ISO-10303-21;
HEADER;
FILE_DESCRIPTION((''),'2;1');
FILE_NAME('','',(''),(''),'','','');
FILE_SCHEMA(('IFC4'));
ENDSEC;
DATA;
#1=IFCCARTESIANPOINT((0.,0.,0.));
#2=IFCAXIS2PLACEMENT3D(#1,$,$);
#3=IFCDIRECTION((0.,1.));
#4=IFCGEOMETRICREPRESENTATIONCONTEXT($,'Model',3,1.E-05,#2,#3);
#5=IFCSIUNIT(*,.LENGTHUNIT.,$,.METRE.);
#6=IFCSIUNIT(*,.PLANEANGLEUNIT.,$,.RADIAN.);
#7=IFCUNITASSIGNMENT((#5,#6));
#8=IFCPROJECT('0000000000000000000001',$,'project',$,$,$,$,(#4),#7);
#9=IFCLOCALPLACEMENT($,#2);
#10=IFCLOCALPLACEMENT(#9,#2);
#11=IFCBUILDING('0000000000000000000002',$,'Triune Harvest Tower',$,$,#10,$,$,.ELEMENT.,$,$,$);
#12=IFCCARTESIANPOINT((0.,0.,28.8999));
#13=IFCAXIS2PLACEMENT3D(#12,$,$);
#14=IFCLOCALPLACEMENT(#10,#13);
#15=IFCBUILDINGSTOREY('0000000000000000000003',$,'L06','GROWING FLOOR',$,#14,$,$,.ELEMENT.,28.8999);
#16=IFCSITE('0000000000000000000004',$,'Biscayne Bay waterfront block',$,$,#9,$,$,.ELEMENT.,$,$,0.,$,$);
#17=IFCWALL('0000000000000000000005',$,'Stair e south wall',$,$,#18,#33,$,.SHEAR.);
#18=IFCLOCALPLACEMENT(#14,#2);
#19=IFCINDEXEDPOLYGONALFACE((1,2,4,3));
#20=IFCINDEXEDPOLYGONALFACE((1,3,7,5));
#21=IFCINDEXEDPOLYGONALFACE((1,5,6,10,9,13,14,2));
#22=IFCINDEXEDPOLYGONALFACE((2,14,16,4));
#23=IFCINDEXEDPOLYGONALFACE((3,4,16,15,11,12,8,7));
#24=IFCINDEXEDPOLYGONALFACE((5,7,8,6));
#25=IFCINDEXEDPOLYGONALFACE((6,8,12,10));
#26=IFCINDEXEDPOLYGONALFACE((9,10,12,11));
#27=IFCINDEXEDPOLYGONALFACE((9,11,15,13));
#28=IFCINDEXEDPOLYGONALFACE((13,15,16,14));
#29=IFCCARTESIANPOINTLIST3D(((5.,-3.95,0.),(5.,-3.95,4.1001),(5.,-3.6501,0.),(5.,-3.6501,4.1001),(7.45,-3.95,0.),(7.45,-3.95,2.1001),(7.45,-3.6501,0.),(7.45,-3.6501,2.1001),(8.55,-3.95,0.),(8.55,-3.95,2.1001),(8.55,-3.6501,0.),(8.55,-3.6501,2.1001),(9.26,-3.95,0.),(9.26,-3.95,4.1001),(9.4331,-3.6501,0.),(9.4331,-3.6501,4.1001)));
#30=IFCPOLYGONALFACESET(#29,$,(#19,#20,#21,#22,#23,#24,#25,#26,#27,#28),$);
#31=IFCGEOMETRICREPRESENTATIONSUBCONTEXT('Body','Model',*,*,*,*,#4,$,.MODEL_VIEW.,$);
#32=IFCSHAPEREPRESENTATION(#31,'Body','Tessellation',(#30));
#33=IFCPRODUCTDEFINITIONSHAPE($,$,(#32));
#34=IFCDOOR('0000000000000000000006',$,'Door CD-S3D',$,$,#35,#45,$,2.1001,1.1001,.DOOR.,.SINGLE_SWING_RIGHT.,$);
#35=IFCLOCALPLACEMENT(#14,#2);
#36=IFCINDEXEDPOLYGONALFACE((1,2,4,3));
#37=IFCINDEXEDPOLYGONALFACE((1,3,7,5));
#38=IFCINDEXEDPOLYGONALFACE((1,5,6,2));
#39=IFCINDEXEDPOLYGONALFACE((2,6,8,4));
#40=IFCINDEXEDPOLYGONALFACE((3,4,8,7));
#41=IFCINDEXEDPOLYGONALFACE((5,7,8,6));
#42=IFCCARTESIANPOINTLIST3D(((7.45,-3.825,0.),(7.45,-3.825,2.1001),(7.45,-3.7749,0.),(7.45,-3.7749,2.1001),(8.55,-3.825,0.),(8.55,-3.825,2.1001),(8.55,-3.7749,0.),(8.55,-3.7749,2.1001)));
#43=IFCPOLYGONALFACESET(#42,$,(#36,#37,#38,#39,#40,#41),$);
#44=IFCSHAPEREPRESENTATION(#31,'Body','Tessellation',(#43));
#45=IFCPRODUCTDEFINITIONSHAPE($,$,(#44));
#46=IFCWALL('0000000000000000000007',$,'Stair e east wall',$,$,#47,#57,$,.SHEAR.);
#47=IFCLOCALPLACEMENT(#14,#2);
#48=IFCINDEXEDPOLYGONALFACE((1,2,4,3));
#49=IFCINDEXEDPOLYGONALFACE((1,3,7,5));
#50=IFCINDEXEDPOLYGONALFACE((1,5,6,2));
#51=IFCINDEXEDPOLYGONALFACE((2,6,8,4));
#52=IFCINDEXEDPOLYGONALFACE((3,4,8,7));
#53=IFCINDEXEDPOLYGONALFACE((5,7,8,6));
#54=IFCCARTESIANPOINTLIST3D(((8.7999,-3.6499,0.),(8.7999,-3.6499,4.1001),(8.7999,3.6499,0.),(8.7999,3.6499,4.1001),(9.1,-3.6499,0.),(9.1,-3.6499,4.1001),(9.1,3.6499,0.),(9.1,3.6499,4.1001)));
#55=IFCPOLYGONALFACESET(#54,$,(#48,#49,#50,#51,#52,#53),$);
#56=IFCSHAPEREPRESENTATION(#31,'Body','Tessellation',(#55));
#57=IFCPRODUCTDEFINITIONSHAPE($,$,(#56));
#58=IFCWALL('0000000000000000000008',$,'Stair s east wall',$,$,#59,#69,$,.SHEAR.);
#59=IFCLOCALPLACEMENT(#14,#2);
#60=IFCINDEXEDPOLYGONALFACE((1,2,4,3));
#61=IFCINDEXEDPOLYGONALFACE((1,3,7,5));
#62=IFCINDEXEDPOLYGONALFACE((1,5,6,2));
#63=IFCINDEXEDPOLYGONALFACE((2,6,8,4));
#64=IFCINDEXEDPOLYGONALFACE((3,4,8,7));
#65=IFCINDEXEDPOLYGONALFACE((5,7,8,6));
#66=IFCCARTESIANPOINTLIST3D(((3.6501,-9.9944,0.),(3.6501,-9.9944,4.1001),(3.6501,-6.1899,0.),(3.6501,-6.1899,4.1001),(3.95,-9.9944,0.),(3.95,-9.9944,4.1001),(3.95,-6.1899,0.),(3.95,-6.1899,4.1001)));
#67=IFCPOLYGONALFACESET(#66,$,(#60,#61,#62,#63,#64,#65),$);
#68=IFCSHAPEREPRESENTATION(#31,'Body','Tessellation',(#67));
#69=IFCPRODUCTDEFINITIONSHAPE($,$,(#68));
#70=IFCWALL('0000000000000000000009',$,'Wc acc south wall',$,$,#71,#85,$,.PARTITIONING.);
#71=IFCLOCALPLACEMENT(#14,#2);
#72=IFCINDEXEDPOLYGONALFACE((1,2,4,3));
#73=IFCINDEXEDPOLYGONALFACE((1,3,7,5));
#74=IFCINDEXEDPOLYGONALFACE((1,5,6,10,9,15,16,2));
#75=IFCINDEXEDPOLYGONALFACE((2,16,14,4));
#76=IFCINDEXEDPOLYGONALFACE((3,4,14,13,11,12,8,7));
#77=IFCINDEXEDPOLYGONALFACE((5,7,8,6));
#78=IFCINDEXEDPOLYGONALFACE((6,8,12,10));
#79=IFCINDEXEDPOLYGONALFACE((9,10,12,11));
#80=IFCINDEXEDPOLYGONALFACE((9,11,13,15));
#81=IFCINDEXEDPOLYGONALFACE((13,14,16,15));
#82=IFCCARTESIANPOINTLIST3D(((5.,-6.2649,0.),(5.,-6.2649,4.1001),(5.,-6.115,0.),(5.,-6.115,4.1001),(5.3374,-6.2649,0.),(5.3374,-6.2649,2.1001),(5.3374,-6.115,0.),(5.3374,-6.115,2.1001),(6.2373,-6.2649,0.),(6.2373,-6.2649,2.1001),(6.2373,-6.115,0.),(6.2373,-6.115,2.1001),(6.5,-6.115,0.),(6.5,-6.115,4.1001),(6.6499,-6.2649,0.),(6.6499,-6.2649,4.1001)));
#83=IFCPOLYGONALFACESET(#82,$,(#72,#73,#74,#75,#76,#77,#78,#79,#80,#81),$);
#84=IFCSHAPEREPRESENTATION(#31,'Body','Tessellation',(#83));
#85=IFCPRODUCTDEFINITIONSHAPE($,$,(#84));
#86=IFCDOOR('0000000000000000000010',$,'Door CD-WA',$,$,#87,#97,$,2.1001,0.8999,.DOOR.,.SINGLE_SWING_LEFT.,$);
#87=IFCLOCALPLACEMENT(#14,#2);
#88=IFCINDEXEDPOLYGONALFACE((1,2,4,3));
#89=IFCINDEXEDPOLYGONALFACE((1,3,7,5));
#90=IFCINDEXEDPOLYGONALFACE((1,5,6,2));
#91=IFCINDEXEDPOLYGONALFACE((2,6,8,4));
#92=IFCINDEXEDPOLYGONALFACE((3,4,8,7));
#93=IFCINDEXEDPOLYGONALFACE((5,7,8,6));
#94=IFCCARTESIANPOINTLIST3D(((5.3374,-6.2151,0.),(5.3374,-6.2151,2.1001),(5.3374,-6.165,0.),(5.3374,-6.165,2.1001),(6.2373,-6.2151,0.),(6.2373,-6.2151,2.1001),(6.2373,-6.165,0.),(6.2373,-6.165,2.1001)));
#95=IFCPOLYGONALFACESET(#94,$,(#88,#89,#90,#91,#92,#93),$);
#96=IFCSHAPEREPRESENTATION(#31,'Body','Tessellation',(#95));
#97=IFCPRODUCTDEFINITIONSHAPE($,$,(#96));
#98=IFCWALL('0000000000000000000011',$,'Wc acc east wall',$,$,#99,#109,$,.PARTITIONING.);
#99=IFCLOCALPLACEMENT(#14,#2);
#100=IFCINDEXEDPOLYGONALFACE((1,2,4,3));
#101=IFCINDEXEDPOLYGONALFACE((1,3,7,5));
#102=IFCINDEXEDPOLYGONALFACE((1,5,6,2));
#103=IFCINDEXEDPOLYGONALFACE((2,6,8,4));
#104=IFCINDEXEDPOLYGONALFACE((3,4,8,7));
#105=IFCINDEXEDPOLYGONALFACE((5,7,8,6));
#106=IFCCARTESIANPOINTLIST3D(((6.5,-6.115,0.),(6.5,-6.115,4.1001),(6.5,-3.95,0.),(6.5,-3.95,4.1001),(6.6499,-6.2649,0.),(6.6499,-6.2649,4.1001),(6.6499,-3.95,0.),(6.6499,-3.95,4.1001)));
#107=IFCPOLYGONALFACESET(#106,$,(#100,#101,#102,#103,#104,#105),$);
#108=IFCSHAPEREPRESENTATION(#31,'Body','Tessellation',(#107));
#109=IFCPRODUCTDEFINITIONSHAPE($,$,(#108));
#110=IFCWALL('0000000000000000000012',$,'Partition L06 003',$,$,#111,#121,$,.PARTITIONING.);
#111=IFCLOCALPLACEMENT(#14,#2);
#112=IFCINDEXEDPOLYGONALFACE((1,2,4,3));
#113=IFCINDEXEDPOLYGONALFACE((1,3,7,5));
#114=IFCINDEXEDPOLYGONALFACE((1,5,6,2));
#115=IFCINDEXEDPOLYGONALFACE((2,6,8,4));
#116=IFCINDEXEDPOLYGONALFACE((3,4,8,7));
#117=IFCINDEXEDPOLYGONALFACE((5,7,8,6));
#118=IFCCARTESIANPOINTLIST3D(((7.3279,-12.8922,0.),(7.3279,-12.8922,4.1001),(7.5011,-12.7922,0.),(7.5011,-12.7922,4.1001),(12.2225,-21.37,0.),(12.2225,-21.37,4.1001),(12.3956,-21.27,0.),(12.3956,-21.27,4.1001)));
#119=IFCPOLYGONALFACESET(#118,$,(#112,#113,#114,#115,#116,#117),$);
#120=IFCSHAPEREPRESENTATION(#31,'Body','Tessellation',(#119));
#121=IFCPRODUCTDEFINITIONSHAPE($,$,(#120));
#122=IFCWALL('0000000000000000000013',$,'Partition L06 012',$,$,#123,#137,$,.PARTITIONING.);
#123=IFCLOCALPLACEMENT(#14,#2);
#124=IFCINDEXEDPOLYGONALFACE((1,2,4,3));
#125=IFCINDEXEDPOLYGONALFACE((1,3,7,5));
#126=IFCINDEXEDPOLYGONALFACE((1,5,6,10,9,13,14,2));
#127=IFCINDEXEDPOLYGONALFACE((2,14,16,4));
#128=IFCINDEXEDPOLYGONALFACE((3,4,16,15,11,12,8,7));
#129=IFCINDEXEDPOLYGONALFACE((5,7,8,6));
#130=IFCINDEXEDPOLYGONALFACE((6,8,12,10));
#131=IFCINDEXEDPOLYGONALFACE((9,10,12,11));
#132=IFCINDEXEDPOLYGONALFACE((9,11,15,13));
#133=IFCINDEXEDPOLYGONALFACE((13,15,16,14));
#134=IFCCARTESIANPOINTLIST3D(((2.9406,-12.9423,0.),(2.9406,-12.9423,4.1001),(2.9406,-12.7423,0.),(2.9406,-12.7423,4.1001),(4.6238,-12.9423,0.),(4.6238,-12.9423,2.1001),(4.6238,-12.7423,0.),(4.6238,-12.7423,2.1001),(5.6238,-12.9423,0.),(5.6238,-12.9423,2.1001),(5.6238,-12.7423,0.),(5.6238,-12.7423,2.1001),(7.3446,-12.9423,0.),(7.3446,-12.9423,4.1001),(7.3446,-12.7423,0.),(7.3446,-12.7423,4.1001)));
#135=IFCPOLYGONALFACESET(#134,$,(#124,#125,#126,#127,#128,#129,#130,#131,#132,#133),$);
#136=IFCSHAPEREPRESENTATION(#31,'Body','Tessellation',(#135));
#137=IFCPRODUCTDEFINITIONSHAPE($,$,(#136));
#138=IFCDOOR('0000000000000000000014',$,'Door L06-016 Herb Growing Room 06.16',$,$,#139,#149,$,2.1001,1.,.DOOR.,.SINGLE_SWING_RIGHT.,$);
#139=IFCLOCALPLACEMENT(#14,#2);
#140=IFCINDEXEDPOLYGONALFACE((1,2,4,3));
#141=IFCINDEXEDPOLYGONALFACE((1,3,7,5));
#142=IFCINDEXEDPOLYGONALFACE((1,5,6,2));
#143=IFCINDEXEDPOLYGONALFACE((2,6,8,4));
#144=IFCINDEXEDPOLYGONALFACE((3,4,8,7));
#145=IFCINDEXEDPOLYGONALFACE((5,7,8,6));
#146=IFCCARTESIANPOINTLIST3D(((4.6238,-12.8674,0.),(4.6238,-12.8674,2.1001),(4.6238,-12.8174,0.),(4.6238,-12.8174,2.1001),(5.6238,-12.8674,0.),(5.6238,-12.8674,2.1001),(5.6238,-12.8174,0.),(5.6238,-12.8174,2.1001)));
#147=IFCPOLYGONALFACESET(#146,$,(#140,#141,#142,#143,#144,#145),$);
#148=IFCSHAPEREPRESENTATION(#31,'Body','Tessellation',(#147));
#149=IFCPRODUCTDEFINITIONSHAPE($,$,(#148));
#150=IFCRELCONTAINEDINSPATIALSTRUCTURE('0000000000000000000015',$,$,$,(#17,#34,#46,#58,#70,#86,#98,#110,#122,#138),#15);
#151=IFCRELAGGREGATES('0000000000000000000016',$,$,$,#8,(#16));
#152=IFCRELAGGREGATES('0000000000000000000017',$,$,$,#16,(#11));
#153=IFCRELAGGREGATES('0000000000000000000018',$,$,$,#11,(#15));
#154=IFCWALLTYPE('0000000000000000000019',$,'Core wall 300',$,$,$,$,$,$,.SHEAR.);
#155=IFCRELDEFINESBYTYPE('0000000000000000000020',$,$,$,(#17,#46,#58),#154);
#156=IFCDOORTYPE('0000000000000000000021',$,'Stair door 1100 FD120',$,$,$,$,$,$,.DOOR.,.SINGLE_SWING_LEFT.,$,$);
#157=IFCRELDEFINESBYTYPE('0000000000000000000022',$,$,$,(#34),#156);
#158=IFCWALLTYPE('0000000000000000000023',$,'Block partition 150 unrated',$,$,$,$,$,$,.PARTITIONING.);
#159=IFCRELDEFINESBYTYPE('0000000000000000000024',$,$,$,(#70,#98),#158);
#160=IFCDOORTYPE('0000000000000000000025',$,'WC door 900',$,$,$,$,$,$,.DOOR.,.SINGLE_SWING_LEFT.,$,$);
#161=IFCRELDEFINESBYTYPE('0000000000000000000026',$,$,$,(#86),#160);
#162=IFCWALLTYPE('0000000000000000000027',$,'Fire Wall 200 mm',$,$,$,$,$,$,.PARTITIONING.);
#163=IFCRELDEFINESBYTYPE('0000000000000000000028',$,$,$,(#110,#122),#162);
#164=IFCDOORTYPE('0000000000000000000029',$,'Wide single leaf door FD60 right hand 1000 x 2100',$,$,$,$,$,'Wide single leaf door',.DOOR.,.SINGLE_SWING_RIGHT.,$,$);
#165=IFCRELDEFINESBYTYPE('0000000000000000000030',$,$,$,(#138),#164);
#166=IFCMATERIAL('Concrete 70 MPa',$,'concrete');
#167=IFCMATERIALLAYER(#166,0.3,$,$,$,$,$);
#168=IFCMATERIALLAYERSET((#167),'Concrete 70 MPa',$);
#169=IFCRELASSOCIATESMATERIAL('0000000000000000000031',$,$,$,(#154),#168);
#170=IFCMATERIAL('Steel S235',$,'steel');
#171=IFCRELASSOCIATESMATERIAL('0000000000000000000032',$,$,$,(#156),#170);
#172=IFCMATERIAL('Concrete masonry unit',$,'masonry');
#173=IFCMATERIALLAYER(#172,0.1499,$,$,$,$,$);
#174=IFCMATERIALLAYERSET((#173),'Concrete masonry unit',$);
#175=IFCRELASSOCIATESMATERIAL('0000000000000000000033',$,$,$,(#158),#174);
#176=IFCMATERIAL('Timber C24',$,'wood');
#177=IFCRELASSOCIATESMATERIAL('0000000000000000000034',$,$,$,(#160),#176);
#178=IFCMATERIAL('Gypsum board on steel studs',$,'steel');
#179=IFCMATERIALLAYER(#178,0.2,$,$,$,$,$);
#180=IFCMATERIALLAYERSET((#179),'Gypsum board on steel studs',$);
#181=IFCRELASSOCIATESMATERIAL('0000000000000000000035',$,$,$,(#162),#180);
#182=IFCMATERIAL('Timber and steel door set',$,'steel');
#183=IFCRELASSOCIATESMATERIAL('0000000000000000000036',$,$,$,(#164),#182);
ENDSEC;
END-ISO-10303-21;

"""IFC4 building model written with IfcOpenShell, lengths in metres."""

from ifc_helpers import new_model, si_unit, direction, frame, frame_2d, origin, place, context, subcontext, project, spatial, polyline, rectangle, outline, extrude, source, transform, mapped, material, layer, layer_set, type_object, element, fill, save


model = new_model("IFC4")

# Units and contexts
model_context = context("Model", 3, precision=1e-05, world=origin(), true_north=direction((0.0, 1.0)))
body_context = subcontext(model_context, "Body", "Model", "MODEL_VIEW")
ifc_project = project(units=[si_unit("LENGTHUNIT", "METRE"), si_unit("PLANEANGLEUNIT", "RADIAN")], contexts=[model_context])

# Site, building, storey
site_placement = place(None, origin())
site = spatial("IfcSite", under=ifc_project, at=site_placement, Name="Biscayne Bay waterfront block", CompositionType="ELEMENT", RefElevation=0.0)
building_placement = place(site_placement, origin())
building = spatial("IfcBuilding", under=site, at=building_placement, Name="Triune Harvest Tower", CompositionType="ELEMENT")
storey_placement = place(building_placement, frame((0.0, 0.0, 28.8999)))
storey = spatial("IfcBuildingStorey", under=building, at=storey_placement, Name="L06", Description="GROWING FLOOR", CompositionType="ELEMENT", Elevation=28.8999)

# Shared definitions
ifc_material_1 = material(Name="Concrete 70 MPa", Category="concrete")
ifc_layer_1 = layer(ifc_material_1, 0.3)
ifc_layer_set_1 = layer_set([ifc_layer_1], Name="Concrete 70 MPa")
wall_type_1 = type_object("IfcWallType", Name="Core wall 300", PredefinedType="SHEAR", material=ifc_layer_set_1)

# Wall, opening, door
ifc_material_2 = material(Name="Steel S235", Category="steel")
door_type_1 = type_object("IfcDoorType", Name="Stair door 1100 FD120", OperationType="SINGLE_SWING_LEFT", PredefinedType="DOOR", material=ifc_material_2)
shared_shape_1 = source(origin(), body_context, "Body", "SweptSolid", [
    extrude(outline(polyline([(0.0, -0.1499), (0.0, 0.1499), (4.4331, 0.1499), (4.26, -0.1499), (0.0, -0.1499)])), origin(), (0.0, 0.0, 1.0), 4.1001),
])
wall_1_placement = place(storey_placement, frame((5.0, -3.8, 0.0), z_axis=(0.0, 0.0, 1.0), x_axis=(1.0, 0.0, 0.0)))
wall_1 = element("IfcWall", 1, at=wall_1_placement, inside=storey, type_object=wall_type_1, Name="Stair e south wall", PredefinedType="SHEAR", context=body_context, shape_type="MappedRepresentation", body=[
    mapped(shared_shape_1, transform((0.0, 0.0, 0.0), scale=1.0)),
])
opening_1_placement = place(wall_1_placement, frame((2.45, 0.0, 0.0)))
opening_1 = element("IfcOpeningElement", 2, at=opening_1_placement, cuts=wall_1, PredefinedType="OPENING", context=body_context, shape_type="SweptSolid", body=[
    extrude(rectangle(XDim=1.1001, YDim=2.1001, at=frame_2d((0.55, 1.05))), frame((0.0, 0.1602, 0.0), z_axis=(0.0, -1.0, 0.0), x_axis=(1.0, 0.0, 0.0)), (0.0, 0.0, 1.0), 0.3201),
])
door_1_placement = place(opening_1_placement, frame((1.1001, 0.0, 0.0), z_axis=(0.0, 0.0, 1.0), x_axis=(-1.0, 0.0, 0.0)))
door_1 = element("IfcDoor", 3, at=door_1_placement, inside=storey, type_object=door_type_1, Name="Door CD-S3D", OperationType="SINGLE_SWING_RIGHT", OverallHeight=2.1001, OverallWidth=1.1001, PredefinedType="DOOR", context=body_context, shape_type="SweptSolid", body=[
    extrude(rectangle(XDim=1.1001, YDim=2.1001, at=frame_2d((0.55, 1.05))), frame((0.0, 0.0249, 0.0), z_axis=(0.0, -1.0, 0.0), x_axis=(1.0, 0.0, 0.0)), (0.0, 0.0, 1.0), 0.05),
])
fill(opening_1, door_1)

# Walls
shared_shape_2 = source(origin(), body_context, "Body", "SweptSolid", [
    extrude(rectangle(XDim=7.2998, YDim=0.3, at=frame_2d((3.6499, 0.0))), origin(), (0.0, 0.0, 1.0), 4.1001),
])
wall_2_placement = place(storey_placement, frame((8.95, -3.6499, 0.0), z_axis=(0.0, 0.0, 1.0), x_axis=(0.0, 1.0, 0.0)))
element("IfcWall", 4, at=wall_2_placement, inside=storey, type_object=wall_type_1, Name="Stair e east wall", PredefinedType="SHEAR", context=body_context, shape_type="MappedRepresentation", body=[
    mapped(shared_shape_2, transform((0.0, 0.0, 0.0), scale=1.0)),
])
shared_shape_3 = source(origin(), body_context, "Body", "SweptSolid", [
    extrude(outline(polyline([(3.8, -0.1499), (-0.0044, -0.1499), (-0.0044, 0.1499), (3.8, 0.1499), (3.8, -0.1499)])), origin(), (0.0, 0.0, 1.0), 4.1001),
])
wall_3_placement = place(storey_placement, frame((3.8, -9.99, 0.0), z_axis=(0.0, 0.0, 1.0), x_axis=(0.0, 1.0, 0.0)))
element("IfcWall", 5, at=wall_3_placement, inside=storey, type_object=wall_type_1, Name="Stair s east wall", PredefinedType="SHEAR", context=body_context, shape_type="MappedRepresentation", body=[
    mapped(shared_shape_3, transform((0.0, 0.0, 0.0), scale=1.0)),
])

# Wall, opening, door
ifc_material_3 = material(Name="Concrete masonry unit", Category="masonry")
ifc_layer_2 = layer(ifc_material_3, 0.1499)
ifc_layer_set_2 = layer_set([ifc_layer_2], Name="Concrete masonry unit")
wall_type_2 = type_object("IfcWallType", Name="Block partition 150 unrated", PredefinedType="PARTITIONING", material=ifc_layer_set_2)
shared_shape_4 = source(origin(), body_context, "Body", "SweptSolid", [
    extrude(outline(polyline([(0.0, -0.075), (1.6499, -0.075), (1.5, 0.075), (0.0, 0.075), (0.0, -0.075)])), origin(), (0.0, 0.0, 1.0), 4.1001),
])
wall_4_placement = place(storey_placement, frame((5.0, -6.1899, 0.0), z_axis=(0.0, 0.0, 1.0), x_axis=(1.0, 0.0, 0.0)))
wall_4 = element("IfcWall", 6, at=wall_4_placement, inside=storey, type_object=wall_type_2, Name="Wc acc south wall", PredefinedType="PARTITIONING", context=body_context, shape_type="MappedRepresentation", body=[
    mapped(shared_shape_4, transform((0.0, 0.0, 0.0), scale=1.0)),
])
opening_2_placement = place(wall_4_placement, frame((0.3374, 0.0, 0.0)))
opening_2 = element("IfcOpeningElement", 7, at=opening_2_placement, cuts=wall_4, PredefinedType="OPENING", context=body_context, shape_type="SweptSolid", body=[
    extrude(rectangle(XDim=0.8999, YDim=2.1001, at=frame_2d((0.45, 1.05))), frame((0.0, 0.085, 0.0), z_axis=(0.0, -1.0, 0.0), x_axis=(1.0, 0.0, 0.0)), (0.0, 0.0, 1.0), 0.1699),
])
ifc_material_4 = material(Name="Timber C24", Category="wood")
door_type_2 = type_object("IfcDoorType", Name="WC door 900", OperationType="SINGLE_SWING_LEFT", PredefinedType="DOOR", material=ifc_material_4)
door_2_placement = place(opening_2_placement, origin())
door_2 = element("IfcDoor", 8, at=door_2_placement, inside=storey, type_object=door_type_2, Name="Door CD-WA", OperationType="SINGLE_SWING_LEFT", OverallHeight=2.1001, OverallWidth=0.8999, PredefinedType="DOOR", context=body_context, shape_type="SweptSolid", body=[
    extrude(rectangle(XDim=0.8999, YDim=2.1001, at=frame_2d((0.45, 1.05))), frame((0.0, 0.0249, 0.0), z_axis=(0.0, -1.0, 0.0), x_axis=(1.0, 0.0, 0.0)), (0.0, 0.0, 1.0), 0.05),
])
fill(opening_2, door_2)

# Walls
shared_shape_5 = source(origin(), body_context, "Body", "SweptSolid", [
    extrude(outline(polyline([(-0.075, -0.075), (2.24, -0.075), (2.24, 0.075), (0.075, 0.075), (-0.075, -0.075)])), origin(), (0.0, 0.0, 1.0), 4.1001),
])
wall_5_placement = place(storey_placement, frame((6.575, -6.1899, 0.0), z_axis=(0.0, 0.0, 1.0), x_axis=(0.0, 1.0, 0.0)))
element("IfcWall", 9, at=wall_5_placement, inside=storey, type_object=wall_type_2, Name="Wc acc east wall", PredefinedType="PARTITIONING", context=body_context, shape_type="MappedRepresentation", body=[
    mapped(shared_shape_5, transform((0.0, 0.0, 0.0), scale=1.0)),
])
ifc_material_5 = material(Name="Gypsum board on steel studs", Category="steel")
ifc_layer_3 = layer(ifc_material_5, 0.2)
ifc_layer_set_3 = layer_set([ifc_layer_3], Name="Gypsum board on steel studs")
wall_type_3 = type_object("IfcWallType", Name="Fire Wall 200 mm", PredefinedType="PARTITIONING", material=ifc_layer_set_3)
shared_shape_6 = source(origin(), body_context, "Body", "SweptSolid", [
    extrude(rectangle(XDim=9.7893, YDim=0.2, at=frame_2d((4.8945, 0.0))), origin(), (0.0, 0.0, 1.0), 4.1001),
])
wall_6_placement = place(storey_placement, frame((7.4146, -12.8423, 0.0), z_axis=(0.0, 0.0, 1.0), x_axis=(0.499991, -0.866031, 0.0)))
element("IfcWall", 10, at=wall_6_placement, inside=storey, type_object=wall_type_3, Name="Partition L06 003", PredefinedType="PARTITIONING", context=body_context, shape_type="MappedRepresentation", body=[
    mapped(shared_shape_6, transform((0.0, 0.0, 0.0), scale=1.0)),
])

# Wall, opening, door
shared_shape_7 = source(origin(), body_context, "Body", "SweptSolid", [
    extrude(rectangle(XDim=4.4041, YDim=0.2, at=frame_2d((2.2021, 0.0))), origin(), (0.0, 0.0, 1.0), 4.1001),
])
wall_7_placement = place(storey_placement, frame((2.9404, -12.8423, 0.0), z_axis=(0.0, 0.0, 1.0), x_axis=(1.0, 0.0, 0.0)))
wall_7 = element("IfcWall", 11, at=wall_7_placement, inside=storey, type_object=wall_type_3, Name="Partition L06 012", PredefinedType="PARTITIONING", context=body_context, shape_type="MappedRepresentation", body=[
    mapped(shared_shape_7, transform((0.0, 0.0, 0.0), scale=1.0)),
])
opening_3_placement = place(wall_7_placement, frame((1.6833, 0.0, 0.0)))
opening_3 = element("IfcOpeningElement", 12, at=opening_3_placement, cuts=wall_7, PredefinedType="OPENING", context=body_context, shape_type="SweptSolid", body=[
    extrude(rectangle(XDim=1.0, YDim=2.1001, at=frame_2d((0.5, 1.05))), frame((0.0, 0.1099, 0.0), z_axis=(0.0, -1.0, 0.0), x_axis=(1.0, 0.0, 0.0)), (0.0, 0.0, 1.0), 0.22),
])
ifc_material_6 = material(Name="Timber and steel door set", Category="steel")
door_type_3 = type_object("IfcDoorType", Name="Wide single leaf door FD60 right hand 1000 x 2100", ElementType="Wide single leaf door", OperationType="SINGLE_SWING_RIGHT", PredefinedType="DOOR", material=ifc_material_6)
door_3_placement = place(opening_3_placement, origin())
door_3 = element("IfcDoor", 13, at=door_3_placement, inside=storey, type_object=door_type_3, Name="Door L06-016 Herb Growing Room 06.16", OperationType="SINGLE_SWING_RIGHT", OverallHeight=2.1001, OverallWidth=1.0, PredefinedType="DOOR", context=body_context, shape_type="SweptSolid", body=[
    extrude(rectangle(XDim=1.0, YDim=2.1001, at=frame_2d((0.5, 1.05))), frame((0.0, 0.0249, 0.0), z_axis=(0.0, -1.0, 0.0), x_axis=(1.0, 0.0, 0.0)), (0.0, 0.0, 1.0), 0.05),
])
fill(opening_3, door_3)

save(model, "model.ifc")
